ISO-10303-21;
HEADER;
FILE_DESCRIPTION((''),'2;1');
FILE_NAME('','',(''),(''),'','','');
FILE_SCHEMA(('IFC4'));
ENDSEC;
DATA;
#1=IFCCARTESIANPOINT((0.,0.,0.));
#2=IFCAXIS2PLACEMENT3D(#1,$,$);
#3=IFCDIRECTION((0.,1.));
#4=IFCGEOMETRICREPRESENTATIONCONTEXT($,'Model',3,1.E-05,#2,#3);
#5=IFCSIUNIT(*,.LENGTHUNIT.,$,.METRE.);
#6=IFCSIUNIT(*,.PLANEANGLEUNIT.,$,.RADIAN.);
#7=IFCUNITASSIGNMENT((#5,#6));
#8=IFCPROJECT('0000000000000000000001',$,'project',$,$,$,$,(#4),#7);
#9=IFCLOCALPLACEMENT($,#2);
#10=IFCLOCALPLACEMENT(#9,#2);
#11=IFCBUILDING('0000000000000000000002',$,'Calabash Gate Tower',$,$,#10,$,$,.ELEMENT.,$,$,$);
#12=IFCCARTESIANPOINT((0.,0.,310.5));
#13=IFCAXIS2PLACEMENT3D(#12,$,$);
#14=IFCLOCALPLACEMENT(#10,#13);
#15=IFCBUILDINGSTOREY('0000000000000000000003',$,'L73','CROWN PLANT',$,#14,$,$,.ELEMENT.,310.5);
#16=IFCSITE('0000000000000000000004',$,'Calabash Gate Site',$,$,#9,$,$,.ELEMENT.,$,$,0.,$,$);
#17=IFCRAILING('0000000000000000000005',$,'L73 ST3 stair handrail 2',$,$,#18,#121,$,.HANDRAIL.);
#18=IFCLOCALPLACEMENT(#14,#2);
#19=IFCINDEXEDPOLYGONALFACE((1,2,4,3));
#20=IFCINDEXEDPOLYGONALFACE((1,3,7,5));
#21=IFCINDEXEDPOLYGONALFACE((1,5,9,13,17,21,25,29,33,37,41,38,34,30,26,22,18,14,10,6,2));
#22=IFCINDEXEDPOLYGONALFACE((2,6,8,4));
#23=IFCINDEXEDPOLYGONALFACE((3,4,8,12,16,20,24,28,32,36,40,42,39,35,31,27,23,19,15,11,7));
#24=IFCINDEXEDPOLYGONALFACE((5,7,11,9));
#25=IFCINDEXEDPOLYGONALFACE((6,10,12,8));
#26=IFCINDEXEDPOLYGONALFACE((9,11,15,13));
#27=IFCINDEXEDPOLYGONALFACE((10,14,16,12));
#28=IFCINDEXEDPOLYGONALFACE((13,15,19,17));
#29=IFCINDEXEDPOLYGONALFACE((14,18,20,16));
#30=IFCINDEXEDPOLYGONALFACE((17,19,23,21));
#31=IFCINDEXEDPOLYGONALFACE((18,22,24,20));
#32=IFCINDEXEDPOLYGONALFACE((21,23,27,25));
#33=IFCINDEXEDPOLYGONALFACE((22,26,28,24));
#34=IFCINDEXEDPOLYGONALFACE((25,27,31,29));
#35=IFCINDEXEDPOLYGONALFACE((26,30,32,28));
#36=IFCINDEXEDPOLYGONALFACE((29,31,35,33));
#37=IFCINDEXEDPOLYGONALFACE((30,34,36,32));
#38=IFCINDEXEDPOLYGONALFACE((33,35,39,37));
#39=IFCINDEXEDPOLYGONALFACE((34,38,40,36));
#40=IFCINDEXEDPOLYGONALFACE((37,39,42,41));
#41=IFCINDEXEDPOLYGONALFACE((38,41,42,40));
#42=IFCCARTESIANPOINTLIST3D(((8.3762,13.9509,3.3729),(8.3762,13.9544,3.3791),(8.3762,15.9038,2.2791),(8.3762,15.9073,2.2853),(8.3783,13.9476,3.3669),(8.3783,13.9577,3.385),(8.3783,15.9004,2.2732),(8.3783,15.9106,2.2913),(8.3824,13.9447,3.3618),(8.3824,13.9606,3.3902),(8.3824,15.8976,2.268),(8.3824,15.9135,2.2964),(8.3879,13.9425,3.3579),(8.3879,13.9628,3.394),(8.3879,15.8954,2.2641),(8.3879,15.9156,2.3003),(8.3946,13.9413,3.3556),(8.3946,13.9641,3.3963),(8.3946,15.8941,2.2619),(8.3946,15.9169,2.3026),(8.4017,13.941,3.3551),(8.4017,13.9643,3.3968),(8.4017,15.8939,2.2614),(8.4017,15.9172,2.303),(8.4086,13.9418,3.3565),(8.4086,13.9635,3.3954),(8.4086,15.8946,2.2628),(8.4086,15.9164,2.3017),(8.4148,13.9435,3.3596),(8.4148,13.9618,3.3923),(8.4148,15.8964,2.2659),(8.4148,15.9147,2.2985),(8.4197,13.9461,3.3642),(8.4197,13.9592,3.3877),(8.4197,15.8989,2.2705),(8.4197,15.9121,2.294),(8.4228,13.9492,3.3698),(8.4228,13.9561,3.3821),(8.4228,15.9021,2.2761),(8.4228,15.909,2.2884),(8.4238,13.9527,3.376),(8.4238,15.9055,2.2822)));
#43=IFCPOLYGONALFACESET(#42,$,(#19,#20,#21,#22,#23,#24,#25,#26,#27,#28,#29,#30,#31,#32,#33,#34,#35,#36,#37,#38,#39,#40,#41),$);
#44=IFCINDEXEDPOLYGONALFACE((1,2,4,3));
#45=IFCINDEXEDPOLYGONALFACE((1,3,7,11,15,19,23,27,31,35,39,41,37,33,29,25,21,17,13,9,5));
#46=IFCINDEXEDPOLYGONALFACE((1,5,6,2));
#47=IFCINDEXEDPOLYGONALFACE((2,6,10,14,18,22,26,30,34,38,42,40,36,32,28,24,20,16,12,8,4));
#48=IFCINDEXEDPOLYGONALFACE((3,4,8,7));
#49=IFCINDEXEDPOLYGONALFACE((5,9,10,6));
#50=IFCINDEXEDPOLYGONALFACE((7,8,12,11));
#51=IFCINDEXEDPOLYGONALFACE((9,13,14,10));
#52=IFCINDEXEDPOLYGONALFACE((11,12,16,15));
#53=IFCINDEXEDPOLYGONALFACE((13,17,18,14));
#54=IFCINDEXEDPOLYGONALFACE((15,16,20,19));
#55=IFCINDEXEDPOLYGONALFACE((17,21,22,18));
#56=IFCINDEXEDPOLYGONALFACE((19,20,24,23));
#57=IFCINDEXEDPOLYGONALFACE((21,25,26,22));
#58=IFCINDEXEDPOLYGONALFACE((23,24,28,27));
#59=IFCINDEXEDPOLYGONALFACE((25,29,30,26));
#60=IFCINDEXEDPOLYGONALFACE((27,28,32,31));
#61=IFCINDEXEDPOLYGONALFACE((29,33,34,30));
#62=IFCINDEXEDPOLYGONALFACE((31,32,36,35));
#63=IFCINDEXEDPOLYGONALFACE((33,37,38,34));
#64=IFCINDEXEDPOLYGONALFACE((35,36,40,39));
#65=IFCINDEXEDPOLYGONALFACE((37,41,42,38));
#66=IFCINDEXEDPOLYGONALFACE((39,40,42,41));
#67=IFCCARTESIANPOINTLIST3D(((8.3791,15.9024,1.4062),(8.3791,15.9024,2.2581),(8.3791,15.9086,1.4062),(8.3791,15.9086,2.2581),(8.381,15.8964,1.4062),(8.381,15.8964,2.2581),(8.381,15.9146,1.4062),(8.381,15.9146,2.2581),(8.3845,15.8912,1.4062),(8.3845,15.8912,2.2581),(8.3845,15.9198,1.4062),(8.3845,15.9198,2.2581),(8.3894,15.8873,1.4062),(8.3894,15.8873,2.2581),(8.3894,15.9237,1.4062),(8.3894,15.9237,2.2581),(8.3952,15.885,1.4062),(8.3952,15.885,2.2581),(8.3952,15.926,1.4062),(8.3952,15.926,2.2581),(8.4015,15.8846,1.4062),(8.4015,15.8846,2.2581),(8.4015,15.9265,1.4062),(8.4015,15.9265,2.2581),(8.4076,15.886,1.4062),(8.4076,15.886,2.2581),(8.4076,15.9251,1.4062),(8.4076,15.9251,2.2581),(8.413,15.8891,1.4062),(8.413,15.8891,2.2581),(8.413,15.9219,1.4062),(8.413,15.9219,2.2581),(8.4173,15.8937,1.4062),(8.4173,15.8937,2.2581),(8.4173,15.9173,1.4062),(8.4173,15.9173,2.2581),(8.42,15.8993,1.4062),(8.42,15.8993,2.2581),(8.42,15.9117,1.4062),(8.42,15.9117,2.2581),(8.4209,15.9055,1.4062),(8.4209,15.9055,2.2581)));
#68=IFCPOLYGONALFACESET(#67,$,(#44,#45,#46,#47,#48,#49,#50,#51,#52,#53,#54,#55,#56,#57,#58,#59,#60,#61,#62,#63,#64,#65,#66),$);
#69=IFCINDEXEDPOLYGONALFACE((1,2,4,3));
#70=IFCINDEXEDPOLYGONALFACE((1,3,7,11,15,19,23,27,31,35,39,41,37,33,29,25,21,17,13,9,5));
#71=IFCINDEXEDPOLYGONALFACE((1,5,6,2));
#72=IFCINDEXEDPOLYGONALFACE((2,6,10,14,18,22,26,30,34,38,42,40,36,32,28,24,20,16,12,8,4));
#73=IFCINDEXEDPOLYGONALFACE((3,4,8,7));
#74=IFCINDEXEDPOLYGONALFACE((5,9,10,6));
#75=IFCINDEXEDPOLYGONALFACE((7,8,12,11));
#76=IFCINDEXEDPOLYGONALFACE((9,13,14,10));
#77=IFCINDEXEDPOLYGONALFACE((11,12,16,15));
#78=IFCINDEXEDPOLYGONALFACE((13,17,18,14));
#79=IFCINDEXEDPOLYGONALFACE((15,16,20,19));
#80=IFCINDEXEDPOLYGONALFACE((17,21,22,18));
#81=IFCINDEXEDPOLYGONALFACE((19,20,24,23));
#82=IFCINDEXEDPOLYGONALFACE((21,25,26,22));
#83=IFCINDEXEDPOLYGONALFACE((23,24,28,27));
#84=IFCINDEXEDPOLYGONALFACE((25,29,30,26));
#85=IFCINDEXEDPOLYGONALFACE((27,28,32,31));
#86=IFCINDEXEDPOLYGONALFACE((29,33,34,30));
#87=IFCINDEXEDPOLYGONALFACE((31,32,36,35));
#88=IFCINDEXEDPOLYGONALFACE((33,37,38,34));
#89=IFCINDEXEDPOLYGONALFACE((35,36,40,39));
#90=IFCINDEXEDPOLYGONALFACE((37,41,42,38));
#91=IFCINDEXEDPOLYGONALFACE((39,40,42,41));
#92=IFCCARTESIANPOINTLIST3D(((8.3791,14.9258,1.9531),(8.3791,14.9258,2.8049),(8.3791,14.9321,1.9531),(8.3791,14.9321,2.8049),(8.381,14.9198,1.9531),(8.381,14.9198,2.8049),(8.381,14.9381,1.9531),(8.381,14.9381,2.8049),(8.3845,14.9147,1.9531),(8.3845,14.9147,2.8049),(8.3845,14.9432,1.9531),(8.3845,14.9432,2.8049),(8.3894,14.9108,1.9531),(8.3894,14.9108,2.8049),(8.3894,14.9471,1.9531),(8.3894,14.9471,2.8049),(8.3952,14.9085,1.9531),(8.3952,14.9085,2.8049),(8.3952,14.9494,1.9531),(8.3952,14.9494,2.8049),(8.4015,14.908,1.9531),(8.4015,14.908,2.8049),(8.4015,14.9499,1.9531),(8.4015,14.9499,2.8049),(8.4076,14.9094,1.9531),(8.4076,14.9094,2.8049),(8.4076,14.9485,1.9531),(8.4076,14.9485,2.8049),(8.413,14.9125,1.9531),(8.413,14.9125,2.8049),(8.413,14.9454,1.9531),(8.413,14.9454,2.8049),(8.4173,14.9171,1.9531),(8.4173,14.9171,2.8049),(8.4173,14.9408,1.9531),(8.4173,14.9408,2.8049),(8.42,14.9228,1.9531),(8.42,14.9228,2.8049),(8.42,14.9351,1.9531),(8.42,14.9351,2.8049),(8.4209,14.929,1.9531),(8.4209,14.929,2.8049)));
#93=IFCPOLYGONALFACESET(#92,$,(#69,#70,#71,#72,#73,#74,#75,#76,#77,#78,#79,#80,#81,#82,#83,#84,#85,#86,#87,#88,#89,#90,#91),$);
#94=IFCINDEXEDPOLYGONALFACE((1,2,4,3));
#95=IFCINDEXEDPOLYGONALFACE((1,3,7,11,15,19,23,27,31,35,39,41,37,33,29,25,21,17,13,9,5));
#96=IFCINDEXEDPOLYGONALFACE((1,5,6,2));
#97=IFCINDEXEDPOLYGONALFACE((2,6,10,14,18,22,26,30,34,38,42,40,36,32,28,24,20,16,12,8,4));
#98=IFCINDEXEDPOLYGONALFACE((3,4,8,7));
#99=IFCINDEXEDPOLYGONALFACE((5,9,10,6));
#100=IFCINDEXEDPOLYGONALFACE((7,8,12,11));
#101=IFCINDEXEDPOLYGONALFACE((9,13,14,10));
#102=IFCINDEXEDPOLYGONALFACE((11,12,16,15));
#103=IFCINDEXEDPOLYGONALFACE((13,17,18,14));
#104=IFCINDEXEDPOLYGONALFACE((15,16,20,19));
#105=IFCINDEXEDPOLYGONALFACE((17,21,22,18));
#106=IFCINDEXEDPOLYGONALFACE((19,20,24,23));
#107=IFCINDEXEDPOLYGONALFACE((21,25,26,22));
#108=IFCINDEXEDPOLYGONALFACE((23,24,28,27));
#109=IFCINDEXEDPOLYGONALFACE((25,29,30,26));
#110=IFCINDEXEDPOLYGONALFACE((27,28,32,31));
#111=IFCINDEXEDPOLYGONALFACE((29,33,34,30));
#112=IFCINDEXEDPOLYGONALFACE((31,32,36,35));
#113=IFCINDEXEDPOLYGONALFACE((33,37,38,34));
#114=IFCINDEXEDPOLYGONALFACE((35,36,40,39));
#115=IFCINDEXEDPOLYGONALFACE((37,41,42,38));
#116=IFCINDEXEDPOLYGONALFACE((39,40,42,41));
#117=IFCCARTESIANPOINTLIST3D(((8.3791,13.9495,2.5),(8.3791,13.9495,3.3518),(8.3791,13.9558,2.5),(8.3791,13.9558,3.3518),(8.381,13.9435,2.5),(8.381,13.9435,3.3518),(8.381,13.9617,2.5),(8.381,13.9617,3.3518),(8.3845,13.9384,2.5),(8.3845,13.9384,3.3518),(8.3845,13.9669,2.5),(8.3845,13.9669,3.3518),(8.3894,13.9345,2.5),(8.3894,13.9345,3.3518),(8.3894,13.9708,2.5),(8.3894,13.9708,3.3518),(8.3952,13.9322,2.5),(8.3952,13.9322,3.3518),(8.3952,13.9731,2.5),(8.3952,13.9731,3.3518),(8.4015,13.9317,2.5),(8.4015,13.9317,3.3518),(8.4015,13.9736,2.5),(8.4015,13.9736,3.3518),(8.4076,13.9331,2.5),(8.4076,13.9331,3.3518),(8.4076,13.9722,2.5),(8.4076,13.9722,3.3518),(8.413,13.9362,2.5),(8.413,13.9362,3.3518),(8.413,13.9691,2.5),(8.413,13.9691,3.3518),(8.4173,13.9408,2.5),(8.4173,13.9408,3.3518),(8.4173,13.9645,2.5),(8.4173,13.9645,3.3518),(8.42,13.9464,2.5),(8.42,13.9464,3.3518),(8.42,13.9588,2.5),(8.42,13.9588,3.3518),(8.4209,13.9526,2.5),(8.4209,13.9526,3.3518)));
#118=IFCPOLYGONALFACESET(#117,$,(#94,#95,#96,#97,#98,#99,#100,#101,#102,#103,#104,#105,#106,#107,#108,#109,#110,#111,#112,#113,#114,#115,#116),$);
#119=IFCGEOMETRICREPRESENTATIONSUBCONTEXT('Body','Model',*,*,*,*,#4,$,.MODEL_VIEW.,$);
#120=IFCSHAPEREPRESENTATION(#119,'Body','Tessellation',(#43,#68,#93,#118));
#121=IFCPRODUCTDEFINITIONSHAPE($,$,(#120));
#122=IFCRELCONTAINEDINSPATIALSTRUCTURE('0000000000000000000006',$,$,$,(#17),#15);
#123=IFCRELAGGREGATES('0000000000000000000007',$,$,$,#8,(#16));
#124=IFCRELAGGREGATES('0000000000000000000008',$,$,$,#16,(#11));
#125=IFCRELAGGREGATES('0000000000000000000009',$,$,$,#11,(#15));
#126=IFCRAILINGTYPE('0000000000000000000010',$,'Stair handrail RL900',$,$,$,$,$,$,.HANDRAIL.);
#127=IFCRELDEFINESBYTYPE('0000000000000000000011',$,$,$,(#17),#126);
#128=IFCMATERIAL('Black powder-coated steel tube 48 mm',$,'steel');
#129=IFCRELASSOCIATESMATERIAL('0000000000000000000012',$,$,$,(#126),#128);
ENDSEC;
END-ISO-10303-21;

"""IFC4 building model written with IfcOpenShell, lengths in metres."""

from ifc_helpers import new_model, si_unit, direction, frame, origin, origin_2d, place, context, subcontext, project, spatial, circle, extrude, material, type_object, element, save


model = new_model("IFC4")

# Units and contexts
model_context = context("Model", 3, precision=1e-05, world=origin(), true_north=direction((0.0, 1.0)))
body_context = subcontext(model_context, "Body", "Model", "MODEL_VIEW")
ifc_project = project(units=[si_unit("LENGTHUNIT", "METRE"), si_unit("PLANEANGLEUNIT", "RADIAN")], contexts=[model_context])

# Site, building, storey
site_placement = place(None, origin())
site = spatial("IfcSite", under=ifc_project, at=site_placement, Name="Calabash Gate Site", CompositionType="ELEMENT", RefElevation=0.0)
building_placement = place(site_placement, origin())
building = spatial("IfcBuilding", under=site, at=building_placement, Name="Calabash Gate Tower", CompositionType="ELEMENT")
storey_placement = place(building_placement, frame((0.0, 0.0, 310.5)))
storey = spatial("IfcBuildingStorey", under=building, at=storey_placement, Name="L73", Description="CROWN PLANT", CompositionType="ELEMENT", Elevation=310.5)

# Railing
ifc_material_1 = material(Name="Black powder-coated steel tube 48 mm", Category="steel")
railing_type = type_object("IfcRailingType", Name="Stair handrail RL900", PredefinedType="HANDRAIL", material=ifc_material_1)
railing_1_placement = place(storey_placement, frame((8.3999, 15.9055, 1.4062)))
element("IfcRailing", 1, at=railing_1_placement, inside=storey, type_object=railing_type, Name="L73 ST3 stair handrail 2", PredefinedType="HANDRAIL", context=body_context, shape_type="SweptSolid", body=[
    extrude(circle(Radius=0.0239, at=origin_2d()), frame((0.0, 0.0, 0.876), z_axis=(0.0, -0.87248, 0.48865), x_axis=(1.0, 0.0, 0.0)), (0.0, 0.0, 1.0), 2.2383),
    extrude(circle(Radius=0.021, at=origin_2d()), origin(), (0.0, 0.0, 1.0), 0.8518),
    extrude(circle(Radius=0.021, at=origin_2d()), frame((0.0, -0.9766, 0.5469)), (0.0, 0.0, 1.0), 0.8518),
    extrude(circle(Radius=0.021, at=origin_2d()), frame((0.0, -1.9529, 1.0938)), (0.0, 0.0, 1.0), 0.8518),
])

save(model, "model.ifc")
